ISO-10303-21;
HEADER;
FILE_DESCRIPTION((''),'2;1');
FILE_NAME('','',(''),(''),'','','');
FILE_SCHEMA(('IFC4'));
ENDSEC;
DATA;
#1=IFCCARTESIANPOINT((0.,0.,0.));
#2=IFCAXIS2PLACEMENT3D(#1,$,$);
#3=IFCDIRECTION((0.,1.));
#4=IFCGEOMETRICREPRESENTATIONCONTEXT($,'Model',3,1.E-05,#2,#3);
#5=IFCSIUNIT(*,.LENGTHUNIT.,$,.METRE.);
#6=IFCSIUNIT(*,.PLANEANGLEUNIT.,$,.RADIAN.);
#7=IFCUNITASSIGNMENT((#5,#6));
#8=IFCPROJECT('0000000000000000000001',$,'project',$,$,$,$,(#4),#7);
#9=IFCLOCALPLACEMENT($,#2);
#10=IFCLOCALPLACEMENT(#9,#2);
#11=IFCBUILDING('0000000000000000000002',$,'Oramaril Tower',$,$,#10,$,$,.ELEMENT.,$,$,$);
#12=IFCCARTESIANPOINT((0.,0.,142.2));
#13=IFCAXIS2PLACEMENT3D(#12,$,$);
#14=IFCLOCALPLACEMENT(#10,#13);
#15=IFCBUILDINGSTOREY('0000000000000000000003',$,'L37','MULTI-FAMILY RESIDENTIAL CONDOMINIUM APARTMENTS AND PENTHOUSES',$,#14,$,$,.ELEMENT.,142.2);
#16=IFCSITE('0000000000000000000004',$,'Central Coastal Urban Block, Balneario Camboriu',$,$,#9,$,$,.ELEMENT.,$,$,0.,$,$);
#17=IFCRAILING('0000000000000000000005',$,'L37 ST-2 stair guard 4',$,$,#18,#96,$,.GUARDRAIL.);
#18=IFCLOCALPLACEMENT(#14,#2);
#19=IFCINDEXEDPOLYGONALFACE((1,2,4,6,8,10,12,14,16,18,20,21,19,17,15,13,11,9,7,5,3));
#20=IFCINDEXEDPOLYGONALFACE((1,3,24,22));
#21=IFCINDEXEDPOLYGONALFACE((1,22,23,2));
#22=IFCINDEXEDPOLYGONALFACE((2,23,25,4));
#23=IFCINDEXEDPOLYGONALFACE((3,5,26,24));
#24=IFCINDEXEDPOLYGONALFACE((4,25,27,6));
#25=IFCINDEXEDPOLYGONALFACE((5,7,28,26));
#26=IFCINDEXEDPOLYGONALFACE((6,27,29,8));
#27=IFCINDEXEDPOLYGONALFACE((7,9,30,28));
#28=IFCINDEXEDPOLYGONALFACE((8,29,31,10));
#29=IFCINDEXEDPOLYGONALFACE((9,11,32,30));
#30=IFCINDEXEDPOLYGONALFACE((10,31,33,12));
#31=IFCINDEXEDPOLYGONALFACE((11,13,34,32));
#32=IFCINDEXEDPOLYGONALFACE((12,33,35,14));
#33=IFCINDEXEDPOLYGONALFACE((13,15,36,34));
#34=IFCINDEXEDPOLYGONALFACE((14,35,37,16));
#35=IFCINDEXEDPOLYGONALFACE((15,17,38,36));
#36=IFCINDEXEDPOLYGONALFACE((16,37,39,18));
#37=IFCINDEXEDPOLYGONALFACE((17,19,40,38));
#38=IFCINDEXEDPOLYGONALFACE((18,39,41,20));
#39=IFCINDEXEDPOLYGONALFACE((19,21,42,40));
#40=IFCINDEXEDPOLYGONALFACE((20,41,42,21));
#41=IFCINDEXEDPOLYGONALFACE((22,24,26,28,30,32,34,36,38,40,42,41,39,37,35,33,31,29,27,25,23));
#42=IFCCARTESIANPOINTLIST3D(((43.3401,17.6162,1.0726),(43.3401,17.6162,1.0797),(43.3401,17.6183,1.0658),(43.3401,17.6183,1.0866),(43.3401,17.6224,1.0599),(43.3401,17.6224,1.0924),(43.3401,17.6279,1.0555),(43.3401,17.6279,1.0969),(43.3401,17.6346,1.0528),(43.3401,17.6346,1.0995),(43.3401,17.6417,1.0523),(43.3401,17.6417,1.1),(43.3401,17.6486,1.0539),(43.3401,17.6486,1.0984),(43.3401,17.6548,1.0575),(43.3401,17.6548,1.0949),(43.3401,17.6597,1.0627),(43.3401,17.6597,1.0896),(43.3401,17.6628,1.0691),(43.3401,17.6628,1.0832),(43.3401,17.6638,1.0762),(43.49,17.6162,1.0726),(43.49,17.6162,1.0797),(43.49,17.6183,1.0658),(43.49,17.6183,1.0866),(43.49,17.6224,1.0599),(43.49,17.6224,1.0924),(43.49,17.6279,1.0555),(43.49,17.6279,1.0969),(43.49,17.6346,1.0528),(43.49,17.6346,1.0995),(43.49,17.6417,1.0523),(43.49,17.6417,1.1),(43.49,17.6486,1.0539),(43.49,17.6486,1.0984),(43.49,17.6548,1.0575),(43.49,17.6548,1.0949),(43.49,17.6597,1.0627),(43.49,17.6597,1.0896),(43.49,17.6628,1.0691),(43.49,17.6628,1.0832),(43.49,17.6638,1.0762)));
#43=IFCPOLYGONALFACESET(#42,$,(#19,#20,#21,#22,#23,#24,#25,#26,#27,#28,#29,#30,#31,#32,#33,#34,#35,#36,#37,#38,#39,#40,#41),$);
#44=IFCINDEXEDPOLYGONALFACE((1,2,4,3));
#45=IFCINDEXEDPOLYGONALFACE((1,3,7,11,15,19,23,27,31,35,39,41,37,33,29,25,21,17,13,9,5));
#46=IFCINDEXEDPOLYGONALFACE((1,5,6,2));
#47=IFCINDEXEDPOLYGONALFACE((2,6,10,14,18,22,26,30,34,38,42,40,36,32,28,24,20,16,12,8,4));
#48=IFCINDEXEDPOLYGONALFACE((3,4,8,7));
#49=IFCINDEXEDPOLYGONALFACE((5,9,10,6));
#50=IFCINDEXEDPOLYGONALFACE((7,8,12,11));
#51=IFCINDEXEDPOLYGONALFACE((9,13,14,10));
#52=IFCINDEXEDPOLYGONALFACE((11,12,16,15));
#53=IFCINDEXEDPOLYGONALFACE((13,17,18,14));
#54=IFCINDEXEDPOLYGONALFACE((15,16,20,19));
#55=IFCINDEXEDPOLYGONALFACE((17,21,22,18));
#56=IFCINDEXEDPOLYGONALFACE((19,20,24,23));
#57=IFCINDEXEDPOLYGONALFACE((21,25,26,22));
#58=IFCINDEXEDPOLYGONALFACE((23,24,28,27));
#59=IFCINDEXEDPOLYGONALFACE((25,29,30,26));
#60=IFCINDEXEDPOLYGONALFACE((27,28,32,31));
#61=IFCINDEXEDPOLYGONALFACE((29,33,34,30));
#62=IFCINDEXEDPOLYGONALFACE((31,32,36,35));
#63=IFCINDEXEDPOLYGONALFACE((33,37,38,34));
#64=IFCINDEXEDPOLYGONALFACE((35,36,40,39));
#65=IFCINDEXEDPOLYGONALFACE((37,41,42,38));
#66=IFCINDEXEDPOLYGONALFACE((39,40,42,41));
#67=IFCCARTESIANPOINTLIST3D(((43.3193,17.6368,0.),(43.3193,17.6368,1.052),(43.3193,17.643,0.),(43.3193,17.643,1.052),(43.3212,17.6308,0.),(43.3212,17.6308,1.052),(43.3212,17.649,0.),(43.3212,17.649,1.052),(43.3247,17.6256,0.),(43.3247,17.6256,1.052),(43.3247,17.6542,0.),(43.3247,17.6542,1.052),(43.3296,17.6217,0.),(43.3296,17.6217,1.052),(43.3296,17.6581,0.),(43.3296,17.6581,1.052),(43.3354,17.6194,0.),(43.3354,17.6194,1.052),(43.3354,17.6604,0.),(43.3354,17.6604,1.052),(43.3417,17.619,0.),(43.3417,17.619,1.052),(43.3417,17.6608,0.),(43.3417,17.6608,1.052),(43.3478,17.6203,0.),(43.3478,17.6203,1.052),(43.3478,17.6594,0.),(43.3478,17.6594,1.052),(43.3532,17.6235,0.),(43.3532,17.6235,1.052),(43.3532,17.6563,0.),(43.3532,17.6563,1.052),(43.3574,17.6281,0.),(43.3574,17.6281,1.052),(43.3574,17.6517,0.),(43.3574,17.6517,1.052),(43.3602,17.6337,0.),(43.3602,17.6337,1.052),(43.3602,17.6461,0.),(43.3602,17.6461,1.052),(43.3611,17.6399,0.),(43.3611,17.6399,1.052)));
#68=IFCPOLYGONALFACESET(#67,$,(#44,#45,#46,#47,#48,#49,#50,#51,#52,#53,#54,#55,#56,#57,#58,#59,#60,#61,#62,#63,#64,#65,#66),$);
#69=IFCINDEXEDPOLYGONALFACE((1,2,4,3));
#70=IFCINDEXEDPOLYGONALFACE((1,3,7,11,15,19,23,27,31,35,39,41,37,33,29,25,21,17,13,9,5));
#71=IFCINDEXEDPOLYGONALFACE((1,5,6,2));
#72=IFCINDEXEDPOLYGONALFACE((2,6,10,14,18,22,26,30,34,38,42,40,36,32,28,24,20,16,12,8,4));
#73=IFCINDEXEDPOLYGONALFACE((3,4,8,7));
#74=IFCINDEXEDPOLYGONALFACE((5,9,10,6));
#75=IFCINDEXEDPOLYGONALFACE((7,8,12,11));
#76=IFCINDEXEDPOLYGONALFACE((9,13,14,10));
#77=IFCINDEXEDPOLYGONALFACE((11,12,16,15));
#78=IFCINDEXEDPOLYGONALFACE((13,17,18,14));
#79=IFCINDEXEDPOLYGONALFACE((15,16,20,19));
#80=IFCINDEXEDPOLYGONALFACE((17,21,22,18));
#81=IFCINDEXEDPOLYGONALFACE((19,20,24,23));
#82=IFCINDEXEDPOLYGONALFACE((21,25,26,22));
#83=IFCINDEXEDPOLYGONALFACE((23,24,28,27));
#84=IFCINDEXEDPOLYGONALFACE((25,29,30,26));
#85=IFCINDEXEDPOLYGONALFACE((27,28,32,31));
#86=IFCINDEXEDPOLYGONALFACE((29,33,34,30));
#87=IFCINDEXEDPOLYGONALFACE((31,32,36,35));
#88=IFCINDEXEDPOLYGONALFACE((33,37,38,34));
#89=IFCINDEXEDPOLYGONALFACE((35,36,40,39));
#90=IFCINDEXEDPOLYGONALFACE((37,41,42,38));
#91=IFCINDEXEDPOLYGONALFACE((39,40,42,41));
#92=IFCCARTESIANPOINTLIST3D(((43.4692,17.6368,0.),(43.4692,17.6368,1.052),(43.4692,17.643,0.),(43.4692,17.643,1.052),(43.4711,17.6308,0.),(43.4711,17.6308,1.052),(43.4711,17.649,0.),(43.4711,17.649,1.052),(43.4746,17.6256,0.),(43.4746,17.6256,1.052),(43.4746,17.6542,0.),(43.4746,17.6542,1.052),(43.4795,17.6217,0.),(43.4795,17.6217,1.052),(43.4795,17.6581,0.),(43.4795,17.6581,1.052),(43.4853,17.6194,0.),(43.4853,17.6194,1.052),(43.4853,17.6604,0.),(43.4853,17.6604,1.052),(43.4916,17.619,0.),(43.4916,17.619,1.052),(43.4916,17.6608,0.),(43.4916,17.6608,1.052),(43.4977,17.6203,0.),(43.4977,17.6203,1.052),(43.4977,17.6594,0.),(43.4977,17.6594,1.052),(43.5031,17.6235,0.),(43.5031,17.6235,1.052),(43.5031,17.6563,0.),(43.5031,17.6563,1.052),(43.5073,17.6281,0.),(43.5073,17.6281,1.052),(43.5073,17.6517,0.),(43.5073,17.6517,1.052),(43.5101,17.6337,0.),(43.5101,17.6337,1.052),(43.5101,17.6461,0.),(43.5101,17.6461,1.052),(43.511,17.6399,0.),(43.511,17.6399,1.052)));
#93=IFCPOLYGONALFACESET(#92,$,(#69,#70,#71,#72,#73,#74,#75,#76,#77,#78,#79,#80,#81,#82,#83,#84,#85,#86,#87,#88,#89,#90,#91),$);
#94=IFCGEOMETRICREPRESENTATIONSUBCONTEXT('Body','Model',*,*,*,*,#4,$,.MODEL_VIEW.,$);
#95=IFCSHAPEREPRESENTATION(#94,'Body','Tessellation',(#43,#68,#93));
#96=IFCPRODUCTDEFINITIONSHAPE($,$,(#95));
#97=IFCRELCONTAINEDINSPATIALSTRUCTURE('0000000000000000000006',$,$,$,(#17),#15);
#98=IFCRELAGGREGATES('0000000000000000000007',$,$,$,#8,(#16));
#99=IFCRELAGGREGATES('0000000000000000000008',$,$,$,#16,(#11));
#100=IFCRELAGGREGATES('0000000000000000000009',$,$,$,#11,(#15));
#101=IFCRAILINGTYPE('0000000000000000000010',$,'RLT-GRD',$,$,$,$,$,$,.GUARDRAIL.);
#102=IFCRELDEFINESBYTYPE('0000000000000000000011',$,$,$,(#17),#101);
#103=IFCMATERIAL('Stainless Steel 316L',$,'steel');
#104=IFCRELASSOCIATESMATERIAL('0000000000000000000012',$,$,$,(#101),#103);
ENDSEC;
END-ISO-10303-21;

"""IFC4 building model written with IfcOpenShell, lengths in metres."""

from ifc_helpers import new_model, si_unit, direction, frame, origin, origin_2d, place, context, subcontext, project, spatial, circle, extrude, material, type_object, element, save


model = new_model("IFC4")

# Units and contexts
model_context = context("Model", 3, precision=1e-05, world=origin(), true_north=direction((0.0, 1.0)))
body_context = subcontext(model_context, "Body", "Model", "MODEL_VIEW")
ifc_project = project(units=[si_unit("LENGTHUNIT", "METRE"), si_unit("PLANEANGLEUNIT", "RADIAN")], contexts=[model_context])

# Site, building, storey
site_placement = place(None, origin())
site = spatial("IfcSite", under=ifc_project, at=site_placement, Name="Central Coastal Urban Block, Balneario Camboriu", CompositionType="ELEMENT", RefElevation=0.0)
building_placement = place(site_placement, origin())
building = spatial("IfcBuilding", under=site, at=building_placement, Name="Oramaril Tower", CompositionType="ELEMENT")
storey_placement = place(building_placement, frame((0.0, 0.0, 142.2)))
storey = spatial("IfcBuildingStorey", under=building, at=storey_placement, Name="L37", Description="MULTI-FAMILY RESIDENTIAL CONDOMINIUM APARTMENTS AND PENTHOUSES", CompositionType="ELEMENT", Elevation=142.2)

# Railing
ifc_material_1 = material(Name="Stainless Steel 316L", Category="steel")
railing_type_1 = type_object("IfcRailingType", Name="RLT-GRD", PredefinedType="GUARDRAIL", material=ifc_material_1)
railing_1_placement = place(storey_placement, frame((43.3401, 17.6399, 0.0)))
element("IfcRailing", 1, at=railing_1_placement, inside=storey, type_object=railing_type_1, Name="L37 ST-2 stair guard 4", PredefinedType="GUARDRAIL", context=body_context, shape_type="SweptSolid", body=[
    extrude(circle(Radius=0.0239, at=origin_2d()), frame((0.0, 0.0, 1.0762), z_axis=(1.0, 0.0, 0.0), x_axis=(0.0, 1.0, 0.0)), (0.0, 0.0, 1.0), 0.1499),
    extrude(circle(Radius=0.021, at=origin_2d()), origin(), (0.0, 0.0, 1.0), 1.052),
    extrude(circle(Radius=0.021, at=origin_2d()), frame((0.1499, 0.0, 0.0)), (0.0, 0.0, 1.0), 1.052),
])

save(model, "model.ifc")
